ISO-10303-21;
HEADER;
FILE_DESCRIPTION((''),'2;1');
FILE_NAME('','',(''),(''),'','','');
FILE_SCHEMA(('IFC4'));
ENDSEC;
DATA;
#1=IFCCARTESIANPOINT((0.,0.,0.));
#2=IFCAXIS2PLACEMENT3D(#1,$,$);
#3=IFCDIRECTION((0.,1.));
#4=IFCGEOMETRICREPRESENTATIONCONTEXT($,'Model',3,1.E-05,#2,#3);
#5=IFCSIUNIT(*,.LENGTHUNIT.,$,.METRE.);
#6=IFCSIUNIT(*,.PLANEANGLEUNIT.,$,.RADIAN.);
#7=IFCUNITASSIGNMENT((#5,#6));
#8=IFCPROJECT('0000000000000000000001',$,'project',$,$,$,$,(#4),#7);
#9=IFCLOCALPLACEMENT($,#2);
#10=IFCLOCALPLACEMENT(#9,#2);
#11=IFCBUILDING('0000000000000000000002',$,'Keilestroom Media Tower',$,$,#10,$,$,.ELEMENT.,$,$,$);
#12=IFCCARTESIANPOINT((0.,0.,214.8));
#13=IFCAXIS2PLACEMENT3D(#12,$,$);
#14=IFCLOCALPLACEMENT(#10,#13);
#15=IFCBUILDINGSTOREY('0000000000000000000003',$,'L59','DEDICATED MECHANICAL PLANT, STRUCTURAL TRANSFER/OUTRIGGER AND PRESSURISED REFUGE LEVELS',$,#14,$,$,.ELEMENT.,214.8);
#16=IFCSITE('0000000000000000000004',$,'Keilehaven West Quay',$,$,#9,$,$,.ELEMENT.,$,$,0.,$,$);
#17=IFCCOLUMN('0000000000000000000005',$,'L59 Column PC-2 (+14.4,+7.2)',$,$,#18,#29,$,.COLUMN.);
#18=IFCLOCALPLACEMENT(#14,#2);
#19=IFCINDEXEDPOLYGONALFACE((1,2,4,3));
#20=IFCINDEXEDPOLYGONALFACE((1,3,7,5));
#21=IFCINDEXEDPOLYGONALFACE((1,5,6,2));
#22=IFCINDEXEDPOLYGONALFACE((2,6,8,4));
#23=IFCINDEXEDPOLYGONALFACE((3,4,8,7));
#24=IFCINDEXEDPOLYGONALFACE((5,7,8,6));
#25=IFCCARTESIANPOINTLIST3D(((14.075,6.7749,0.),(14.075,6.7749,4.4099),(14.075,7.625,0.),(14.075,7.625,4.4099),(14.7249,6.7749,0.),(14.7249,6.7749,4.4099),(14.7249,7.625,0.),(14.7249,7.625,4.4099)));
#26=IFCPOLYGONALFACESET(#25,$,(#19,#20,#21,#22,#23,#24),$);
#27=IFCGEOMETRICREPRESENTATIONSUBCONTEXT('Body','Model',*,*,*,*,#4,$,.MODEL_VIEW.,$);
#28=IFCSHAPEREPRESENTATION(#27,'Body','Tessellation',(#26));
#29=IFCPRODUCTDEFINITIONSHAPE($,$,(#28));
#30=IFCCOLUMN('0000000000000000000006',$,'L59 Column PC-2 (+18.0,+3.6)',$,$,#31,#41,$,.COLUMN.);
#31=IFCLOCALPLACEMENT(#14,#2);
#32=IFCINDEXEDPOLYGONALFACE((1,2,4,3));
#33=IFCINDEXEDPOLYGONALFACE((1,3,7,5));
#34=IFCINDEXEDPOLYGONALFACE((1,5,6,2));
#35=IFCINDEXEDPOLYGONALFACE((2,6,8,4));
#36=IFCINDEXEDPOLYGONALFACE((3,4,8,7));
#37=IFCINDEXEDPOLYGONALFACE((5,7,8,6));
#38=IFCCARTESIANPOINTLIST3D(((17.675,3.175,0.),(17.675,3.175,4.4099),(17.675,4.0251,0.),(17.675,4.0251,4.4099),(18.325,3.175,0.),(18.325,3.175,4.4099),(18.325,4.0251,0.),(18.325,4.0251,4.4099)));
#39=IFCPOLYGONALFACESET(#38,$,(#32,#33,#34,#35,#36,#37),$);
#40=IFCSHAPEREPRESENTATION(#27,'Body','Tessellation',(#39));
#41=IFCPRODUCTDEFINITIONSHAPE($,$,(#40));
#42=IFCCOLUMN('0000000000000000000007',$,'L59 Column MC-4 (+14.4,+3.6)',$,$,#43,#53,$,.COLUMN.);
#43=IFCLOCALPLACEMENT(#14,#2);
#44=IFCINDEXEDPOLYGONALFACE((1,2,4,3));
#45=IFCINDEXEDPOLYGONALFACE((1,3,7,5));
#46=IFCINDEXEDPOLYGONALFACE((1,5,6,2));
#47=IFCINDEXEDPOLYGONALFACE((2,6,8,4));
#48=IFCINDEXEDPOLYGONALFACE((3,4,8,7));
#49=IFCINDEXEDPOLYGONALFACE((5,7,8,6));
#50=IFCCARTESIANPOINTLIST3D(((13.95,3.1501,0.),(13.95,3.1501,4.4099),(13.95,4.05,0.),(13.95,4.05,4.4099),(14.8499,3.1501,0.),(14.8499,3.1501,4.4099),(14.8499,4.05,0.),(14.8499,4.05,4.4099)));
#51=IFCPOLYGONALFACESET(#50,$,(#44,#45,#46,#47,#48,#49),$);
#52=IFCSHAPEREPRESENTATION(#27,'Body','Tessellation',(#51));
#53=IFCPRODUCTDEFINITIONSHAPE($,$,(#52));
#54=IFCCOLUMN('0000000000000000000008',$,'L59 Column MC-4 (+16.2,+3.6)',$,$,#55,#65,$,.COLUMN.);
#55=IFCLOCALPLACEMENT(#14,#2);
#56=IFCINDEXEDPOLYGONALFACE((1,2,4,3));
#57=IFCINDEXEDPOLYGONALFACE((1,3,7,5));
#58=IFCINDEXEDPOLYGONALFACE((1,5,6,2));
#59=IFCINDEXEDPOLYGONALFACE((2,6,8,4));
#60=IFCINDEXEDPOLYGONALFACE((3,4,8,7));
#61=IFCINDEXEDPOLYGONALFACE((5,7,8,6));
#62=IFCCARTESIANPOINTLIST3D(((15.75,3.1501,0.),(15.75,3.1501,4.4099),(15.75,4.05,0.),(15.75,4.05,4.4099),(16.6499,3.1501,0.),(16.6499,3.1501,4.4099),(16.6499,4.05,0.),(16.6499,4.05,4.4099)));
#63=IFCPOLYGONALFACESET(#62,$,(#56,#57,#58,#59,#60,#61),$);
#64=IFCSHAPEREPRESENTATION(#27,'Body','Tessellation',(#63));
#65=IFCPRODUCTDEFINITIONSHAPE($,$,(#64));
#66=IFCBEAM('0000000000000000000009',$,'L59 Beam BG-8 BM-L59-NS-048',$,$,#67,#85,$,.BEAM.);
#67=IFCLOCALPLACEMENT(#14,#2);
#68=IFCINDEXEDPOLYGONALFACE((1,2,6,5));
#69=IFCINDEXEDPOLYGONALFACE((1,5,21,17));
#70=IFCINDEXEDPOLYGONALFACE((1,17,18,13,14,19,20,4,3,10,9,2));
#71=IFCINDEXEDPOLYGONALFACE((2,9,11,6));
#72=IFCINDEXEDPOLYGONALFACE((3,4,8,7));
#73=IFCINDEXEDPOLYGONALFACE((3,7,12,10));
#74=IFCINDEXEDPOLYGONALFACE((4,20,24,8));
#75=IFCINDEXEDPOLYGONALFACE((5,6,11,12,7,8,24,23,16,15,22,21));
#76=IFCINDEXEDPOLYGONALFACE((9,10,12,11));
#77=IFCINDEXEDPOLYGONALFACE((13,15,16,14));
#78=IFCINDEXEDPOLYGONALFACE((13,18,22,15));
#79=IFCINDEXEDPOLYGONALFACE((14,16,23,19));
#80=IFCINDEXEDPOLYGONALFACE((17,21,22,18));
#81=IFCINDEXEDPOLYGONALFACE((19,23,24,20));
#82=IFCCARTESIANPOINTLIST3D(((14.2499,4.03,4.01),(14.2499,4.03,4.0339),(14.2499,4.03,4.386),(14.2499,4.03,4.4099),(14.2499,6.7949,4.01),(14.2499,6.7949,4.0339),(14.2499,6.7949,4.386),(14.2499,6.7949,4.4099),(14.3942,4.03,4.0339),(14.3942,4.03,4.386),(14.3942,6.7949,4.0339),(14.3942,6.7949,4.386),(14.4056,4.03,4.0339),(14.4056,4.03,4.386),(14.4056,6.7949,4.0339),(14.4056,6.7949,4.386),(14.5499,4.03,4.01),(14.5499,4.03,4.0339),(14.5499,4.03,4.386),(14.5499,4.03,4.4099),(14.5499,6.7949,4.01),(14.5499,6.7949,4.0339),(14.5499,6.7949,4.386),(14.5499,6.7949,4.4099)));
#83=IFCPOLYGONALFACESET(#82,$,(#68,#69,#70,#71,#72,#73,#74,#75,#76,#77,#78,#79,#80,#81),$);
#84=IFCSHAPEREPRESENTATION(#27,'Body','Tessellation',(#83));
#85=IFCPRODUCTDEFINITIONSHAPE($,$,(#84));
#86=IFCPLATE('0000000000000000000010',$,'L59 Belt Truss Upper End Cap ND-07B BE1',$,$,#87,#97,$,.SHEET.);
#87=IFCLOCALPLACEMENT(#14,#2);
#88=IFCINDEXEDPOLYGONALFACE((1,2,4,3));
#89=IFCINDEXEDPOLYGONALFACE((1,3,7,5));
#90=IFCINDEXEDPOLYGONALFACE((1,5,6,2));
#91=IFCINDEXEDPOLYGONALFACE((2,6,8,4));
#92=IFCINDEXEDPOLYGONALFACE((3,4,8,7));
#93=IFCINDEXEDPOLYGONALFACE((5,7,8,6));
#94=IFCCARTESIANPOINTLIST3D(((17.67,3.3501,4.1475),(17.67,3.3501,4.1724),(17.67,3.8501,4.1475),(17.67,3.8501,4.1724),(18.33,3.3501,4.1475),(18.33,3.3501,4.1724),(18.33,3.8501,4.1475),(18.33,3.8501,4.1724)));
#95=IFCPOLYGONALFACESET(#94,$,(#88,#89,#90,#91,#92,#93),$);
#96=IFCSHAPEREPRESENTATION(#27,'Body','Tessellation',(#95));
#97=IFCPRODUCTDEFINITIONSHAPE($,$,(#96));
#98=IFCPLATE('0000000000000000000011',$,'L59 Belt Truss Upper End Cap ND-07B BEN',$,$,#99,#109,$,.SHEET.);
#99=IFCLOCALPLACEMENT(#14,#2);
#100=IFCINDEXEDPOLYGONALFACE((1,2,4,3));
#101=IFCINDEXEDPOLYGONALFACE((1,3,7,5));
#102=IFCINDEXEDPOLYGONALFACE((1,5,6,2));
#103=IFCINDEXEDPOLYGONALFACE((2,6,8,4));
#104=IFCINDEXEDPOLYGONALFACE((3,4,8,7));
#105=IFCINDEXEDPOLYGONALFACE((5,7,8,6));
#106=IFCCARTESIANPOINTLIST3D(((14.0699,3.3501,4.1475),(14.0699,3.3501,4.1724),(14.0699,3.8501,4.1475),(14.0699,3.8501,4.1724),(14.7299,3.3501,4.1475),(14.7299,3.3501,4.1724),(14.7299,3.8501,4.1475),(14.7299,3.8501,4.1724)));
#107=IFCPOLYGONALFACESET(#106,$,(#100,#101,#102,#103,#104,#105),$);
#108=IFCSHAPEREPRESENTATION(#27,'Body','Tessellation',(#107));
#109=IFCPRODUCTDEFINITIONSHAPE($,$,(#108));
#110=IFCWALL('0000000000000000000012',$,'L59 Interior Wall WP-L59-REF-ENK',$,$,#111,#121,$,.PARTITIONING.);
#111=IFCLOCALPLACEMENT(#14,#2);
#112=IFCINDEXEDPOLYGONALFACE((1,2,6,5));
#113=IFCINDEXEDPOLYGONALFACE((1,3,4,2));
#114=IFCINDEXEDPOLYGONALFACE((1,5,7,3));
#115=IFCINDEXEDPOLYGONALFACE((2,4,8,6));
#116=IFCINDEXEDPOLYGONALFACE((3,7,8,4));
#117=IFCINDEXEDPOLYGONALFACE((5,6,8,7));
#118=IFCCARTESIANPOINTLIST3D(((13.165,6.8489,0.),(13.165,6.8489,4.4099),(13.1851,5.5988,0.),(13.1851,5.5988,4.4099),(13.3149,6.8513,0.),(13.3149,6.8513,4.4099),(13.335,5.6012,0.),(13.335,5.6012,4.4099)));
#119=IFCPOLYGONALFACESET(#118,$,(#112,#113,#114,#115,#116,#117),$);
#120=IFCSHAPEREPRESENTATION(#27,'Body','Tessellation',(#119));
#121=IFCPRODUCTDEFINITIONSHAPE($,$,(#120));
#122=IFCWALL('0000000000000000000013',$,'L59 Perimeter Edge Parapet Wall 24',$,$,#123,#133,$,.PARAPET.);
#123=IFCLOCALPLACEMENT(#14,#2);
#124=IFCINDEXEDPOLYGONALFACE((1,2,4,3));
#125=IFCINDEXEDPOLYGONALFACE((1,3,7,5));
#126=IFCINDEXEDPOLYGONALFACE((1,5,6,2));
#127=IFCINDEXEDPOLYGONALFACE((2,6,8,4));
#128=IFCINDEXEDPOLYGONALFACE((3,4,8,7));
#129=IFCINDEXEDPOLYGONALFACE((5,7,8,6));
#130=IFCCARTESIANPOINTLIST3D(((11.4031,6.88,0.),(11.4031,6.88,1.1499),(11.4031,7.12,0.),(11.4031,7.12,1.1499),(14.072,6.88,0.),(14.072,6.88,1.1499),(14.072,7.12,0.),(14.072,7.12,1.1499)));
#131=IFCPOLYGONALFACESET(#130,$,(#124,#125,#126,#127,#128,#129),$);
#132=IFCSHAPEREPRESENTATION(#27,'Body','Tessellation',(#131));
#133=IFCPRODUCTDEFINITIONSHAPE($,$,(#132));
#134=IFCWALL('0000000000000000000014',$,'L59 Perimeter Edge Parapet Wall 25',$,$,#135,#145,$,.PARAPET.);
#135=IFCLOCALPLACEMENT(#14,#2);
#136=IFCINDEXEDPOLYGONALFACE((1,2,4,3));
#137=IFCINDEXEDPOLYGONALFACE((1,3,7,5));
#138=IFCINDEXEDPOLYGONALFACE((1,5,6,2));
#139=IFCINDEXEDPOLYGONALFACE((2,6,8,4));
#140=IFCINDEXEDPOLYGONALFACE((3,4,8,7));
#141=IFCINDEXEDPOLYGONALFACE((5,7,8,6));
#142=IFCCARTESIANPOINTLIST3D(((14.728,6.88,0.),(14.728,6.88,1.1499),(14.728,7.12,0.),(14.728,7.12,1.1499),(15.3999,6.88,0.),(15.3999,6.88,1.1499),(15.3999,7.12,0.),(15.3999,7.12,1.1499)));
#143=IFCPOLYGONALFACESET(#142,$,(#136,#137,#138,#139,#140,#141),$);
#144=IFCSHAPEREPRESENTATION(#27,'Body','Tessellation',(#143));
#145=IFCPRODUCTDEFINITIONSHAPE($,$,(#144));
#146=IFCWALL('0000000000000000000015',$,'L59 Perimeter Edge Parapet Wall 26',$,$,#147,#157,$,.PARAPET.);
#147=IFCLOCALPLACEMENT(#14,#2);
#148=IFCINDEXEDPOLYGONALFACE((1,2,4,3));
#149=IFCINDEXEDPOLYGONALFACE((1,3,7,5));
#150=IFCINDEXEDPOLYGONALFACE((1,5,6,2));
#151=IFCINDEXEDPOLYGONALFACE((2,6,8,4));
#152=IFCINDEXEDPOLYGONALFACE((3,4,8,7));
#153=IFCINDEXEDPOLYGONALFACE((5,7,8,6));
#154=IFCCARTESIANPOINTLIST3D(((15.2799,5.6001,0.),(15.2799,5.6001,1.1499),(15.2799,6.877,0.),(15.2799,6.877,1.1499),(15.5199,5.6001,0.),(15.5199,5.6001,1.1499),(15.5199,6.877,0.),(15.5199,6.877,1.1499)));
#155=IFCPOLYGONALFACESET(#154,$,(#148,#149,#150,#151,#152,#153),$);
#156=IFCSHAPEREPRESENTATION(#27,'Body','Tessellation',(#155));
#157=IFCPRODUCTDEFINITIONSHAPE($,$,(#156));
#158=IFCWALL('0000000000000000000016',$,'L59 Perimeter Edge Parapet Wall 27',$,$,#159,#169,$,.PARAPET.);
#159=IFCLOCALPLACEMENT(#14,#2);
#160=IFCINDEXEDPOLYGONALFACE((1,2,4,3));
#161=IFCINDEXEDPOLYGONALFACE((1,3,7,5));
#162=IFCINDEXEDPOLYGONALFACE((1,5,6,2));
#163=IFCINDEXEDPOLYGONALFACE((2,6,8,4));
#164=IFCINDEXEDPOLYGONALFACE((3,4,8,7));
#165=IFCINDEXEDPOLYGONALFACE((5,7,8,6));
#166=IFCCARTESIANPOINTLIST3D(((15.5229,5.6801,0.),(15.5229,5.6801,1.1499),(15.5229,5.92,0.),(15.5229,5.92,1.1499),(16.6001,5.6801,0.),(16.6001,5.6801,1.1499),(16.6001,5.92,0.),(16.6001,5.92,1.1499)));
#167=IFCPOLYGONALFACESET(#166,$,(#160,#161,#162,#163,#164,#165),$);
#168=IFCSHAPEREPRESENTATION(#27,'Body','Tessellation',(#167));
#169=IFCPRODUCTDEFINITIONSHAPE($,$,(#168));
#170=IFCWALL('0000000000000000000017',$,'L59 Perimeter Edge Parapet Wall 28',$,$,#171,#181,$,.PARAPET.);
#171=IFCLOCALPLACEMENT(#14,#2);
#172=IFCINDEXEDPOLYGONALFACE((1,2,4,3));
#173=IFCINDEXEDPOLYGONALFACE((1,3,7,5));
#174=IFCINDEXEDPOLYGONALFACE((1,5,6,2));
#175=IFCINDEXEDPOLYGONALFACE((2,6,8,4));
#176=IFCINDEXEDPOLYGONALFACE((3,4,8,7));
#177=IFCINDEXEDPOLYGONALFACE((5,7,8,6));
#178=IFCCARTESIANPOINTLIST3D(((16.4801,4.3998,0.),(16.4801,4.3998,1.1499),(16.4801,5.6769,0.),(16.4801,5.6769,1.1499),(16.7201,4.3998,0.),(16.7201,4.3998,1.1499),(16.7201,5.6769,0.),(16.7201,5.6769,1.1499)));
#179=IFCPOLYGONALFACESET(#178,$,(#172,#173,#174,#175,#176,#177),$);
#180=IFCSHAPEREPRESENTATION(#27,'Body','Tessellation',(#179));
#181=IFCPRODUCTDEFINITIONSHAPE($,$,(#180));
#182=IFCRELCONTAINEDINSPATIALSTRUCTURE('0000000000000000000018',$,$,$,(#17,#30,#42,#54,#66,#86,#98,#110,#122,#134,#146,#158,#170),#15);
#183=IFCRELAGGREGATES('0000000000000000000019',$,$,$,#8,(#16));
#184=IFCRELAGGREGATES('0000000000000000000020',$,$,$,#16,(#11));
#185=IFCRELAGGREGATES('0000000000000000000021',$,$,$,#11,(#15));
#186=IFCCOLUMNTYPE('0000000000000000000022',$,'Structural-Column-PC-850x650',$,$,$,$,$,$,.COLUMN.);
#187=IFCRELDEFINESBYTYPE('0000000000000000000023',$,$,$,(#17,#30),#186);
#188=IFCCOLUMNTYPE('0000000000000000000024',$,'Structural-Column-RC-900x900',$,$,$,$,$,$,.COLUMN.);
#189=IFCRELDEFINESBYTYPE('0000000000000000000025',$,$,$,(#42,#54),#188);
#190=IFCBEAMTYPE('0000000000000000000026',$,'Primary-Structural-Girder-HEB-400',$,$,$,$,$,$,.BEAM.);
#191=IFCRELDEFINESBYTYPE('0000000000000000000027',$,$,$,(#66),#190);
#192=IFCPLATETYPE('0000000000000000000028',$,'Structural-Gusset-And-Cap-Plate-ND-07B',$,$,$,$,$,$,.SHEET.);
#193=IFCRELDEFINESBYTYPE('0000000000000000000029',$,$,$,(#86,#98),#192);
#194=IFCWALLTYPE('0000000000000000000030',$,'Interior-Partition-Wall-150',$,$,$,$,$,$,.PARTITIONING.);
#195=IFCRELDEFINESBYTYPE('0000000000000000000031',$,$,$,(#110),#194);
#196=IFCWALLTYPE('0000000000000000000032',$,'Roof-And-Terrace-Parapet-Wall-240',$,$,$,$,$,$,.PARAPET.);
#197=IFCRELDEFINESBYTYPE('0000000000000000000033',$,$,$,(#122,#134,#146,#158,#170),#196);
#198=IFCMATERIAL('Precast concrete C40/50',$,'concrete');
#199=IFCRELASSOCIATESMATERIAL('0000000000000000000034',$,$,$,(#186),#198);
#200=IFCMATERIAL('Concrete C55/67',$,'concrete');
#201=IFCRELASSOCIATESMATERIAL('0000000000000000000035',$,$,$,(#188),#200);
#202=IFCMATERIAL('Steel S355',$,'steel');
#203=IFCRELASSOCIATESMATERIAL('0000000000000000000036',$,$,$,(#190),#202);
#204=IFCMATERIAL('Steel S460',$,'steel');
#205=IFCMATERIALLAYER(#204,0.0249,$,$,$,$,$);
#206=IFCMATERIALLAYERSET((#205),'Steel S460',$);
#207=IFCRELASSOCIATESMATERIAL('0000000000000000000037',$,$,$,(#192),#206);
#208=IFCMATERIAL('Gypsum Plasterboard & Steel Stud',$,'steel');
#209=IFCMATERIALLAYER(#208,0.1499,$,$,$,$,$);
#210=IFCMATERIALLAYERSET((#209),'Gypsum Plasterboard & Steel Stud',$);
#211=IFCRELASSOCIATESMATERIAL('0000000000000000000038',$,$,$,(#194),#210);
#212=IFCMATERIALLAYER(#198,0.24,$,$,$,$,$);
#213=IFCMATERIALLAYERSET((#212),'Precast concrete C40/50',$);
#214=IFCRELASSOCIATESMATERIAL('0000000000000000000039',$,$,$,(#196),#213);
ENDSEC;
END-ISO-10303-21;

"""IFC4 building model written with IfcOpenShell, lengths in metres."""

from ifc_helpers import new_model, si_unit, direction, frame, frame_2d, origin, origin_2d, place, context, subcontext, project, spatial, rectangle, i_section, extrude, source, transform, mapped, material, layer, layer_set, material_profile, profile_set, type_object, element, save


model = new_model("IFC4")

# Units and contexts
model_context = context("Model", 3, precision=1e-05, world=origin(), true_north=direction((0.0, 1.0)))
body_context = subcontext(model_context, "Body", "Model", "MODEL_VIEW")
ifc_project = project(units=[si_unit("LENGTHUNIT", "METRE"), si_unit("PLANEANGLEUNIT", "RADIAN")], contexts=[model_context])

# Site, building, storey
site_placement = place(None, origin())
site = spatial("IfcSite", under=ifc_project, at=site_placement, Name="Keilehaven West Quay", CompositionType="ELEMENT", RefElevation=0.0)
building_placement = place(site_placement, origin())
building = spatial("IfcBuilding", under=site, at=building_placement, Name="Keilestroom Media Tower", CompositionType="ELEMENT")
storey_placement = place(building_placement, frame((0.0, 0.0, 214.8)))
storey = spatial("IfcBuildingStorey", under=building, at=storey_placement, Name="L59", Description="DEDICATED MECHANICAL PLANT, STRUCTURAL TRANSFER/OUTRIGGER AND PRESSURISED REFUGE LEVELS", CompositionType="ELEMENT", Elevation=214.8)

# Columns
ifc_material_1 = material(Name="Precast concrete C40/50", Category="concrete")
ifc_material_profile_1 = material_profile(ifc_material_1, rectangle(XDim=0.6499, YDim=0.8501, at=origin_2d()), Name="PC 850x650")
ifc_profile_set_1 = profile_set([ifc_material_profile_1], Name="Precast concrete C40/50")
column_type_1 = type_object("IfcColumnType", Name="Structural-Column-PC-850x650", PredefinedType="COLUMN", material=ifc_profile_set_1)
shared_shape_1 = source(origin(), body_context, "Body", "SweptSolid", [
    extrude(rectangle(XDim=0.6499, YDim=0.8501, at=origin_2d()), origin(), (0.0, 0.0, 1.0), 4.4099),
])
for number, where, z_axis, x_axis, name in (
    (1, (14.3999, 7.2, 0.0), (0.0, 0.0, 1.0), (1.0, 0.0, 0.0), "L59 Column PC-2 (+14.4,+7.2)"),
    (2, (18.0, 3.6001, 0.0), (0.0, 0.0, 1.0), (1.0, 0.0, 0.0), "L59 Column PC-2 (+18.0,+3.6)"),
):
    element("IfcColumn", number, at=place(storey_placement, frame(where, z_axis=z_axis, x_axis=x_axis)), inside=storey, type_object=column_type_1, Name=name, PredefinedType="COLUMN", context=body_context, shape_type="MappedRepresentation", body=[
        mapped(shared_shape_1, transform((0.0, 0.0, 0.0), x_axis=(1.0, 0.0, 0.0), y_axis=(0.0, 1.0, 0.0), z_axis=(0.0, 0.0, 1.0), scale=1.0)),
    ])
ifc_material_2 = material(Name="Concrete C55/67", Category="concrete")
ifc_material_profile_2 = material_profile(ifc_material_2, rectangle(XDim=0.8999, YDim=0.8999, at=origin_2d()), Name="RC 900x900")
ifc_profile_set_2 = profile_set([ifc_material_profile_2], Name="Concrete C55/67")
column_type_2 = type_object("IfcColumnType", Name="Structural-Column-RC-900x900", PredefinedType="COLUMN", material=ifc_profile_set_2)
shared_shape_2 = source(origin(), body_context, "Body", "SweptSolid", [
    extrude(rectangle(XDim=0.8999, YDim=0.8999, at=origin_2d()), origin(), (0.0, 0.0, 1.0), 4.4099),
])
for number, where, z_axis, x_axis, name in (
    (3, (14.3999, 3.6001, 0.0), (0.0, 0.0, 1.0), (1.0, 0.0, 0.0), "L59 Column MC-4 (+14.4,+3.6)"),
    (4, (16.2, 3.6001, 0.0), (0.0, 0.0, 1.0), (1.0, 0.0, 0.0), "L59 Column MC-4 (+16.2,+3.6)"),
):
    element("IfcColumn", number, at=place(storey_placement, frame(where, z_axis=z_axis, x_axis=x_axis)), inside=storey, type_object=column_type_2, Name=name, PredefinedType="COLUMN", context=body_context, shape_type="MappedRepresentation", body=[
        mapped(shared_shape_2, transform((0.0, 0.0, 0.0), x_axis=(1.0, 0.0, 0.0), y_axis=(0.0, 1.0, 0.0), z_axis=(0.0, 0.0, 1.0), scale=1.0)),
    ])

# Beam
ifc_material_3 = material(Name="Steel S355", Category="steel")
ifc_material_profile_3 = material_profile(ifc_material_3, i_section(OverallWidth=0.3, OverallDepth=0.3999, WebThickness=0.0115, FlangeThickness=0.0239, at=origin_2d()), Name="HEB 400")
ifc_profile_set_3 = profile_set([ifc_material_profile_3], Name="Steel S355")
beam_type = type_object("IfcBeamType", Name="Primary-Structural-Girder-HEB-400", PredefinedType="BEAM", material=ifc_profile_set_3)
shared_shape_3 = source(origin(), body_context, "Body", "SweptSolid", [
    extrude(i_section(OverallWidth=0.3, OverallDepth=0.3999, WebThickness=0.0115, FlangeThickness=0.0239, at=origin_2d()), origin(), (0.0, 0.0, 1.0), 2.7649),
])
beam_placement = place(storey_placement, frame((14.3999, 4.03, 4.21), z_axis=(0.0, 1.0, 0.0), x_axis=(-1.0, 0.0, 0.0)))
element("IfcBeam", 5, at=beam_placement, inside=storey, type_object=beam_type, Name="L59 Beam BG-8 BM-L59-NS-048", PredefinedType="BEAM", context=body_context, shape_type="MappedRepresentation", body=[
    mapped(shared_shape_3, transform((0.0, 0.0, 0.0), x_axis=(1.0, 0.0, 0.0), y_axis=(0.0, 1.0, 0.0), z_axis=(0.0, 0.0, 1.0), scale=1.0)),
])

# Plates
ifc_material_4 = material(Name="Steel S460", Category="steel")
ifc_layer_1 = layer(ifc_material_4, 0.0249)
ifc_layer_set_1 = layer_set([ifc_layer_1], Name="Steel S460")
plate_type = type_object("IfcPlateType", Name="Structural-Gusset-And-Cap-Plate-ND-07B", PredefinedType="SHEET", material=ifc_layer_set_1)
shared_shape_4 = source(origin(), body_context, "Body", "SweptSolid", [
    extrude(rectangle(XDim=0.6599, YDim=0.5, at=origin_2d()), origin(), (0.0, 0.0, 1.0), 0.0249),
])
for number, where, z_axis, x_axis, name in (
    (6, (18.0, 3.6001, 4.1475), (0.0, 0.0, 1.0), (1.0, 0.0, 0.0), "L59 Belt Truss Upper End Cap ND-07B BE1"),
    (7, (14.3999, 3.6001, 4.1475), (0.0, 0.0, 1.0), (1.0, 0.0, 0.0), "L59 Belt Truss Upper End Cap ND-07B BEN"),
):
    element("IfcPlate", number, at=place(storey_placement, frame(where, z_axis=z_axis, x_axis=x_axis)), inside=storey, type_object=plate_type, Name=name, PredefinedType="SHEET", context=body_context, shape_type="MappedRepresentation", body=[
        mapped(shared_shape_4, transform((0.0, 0.0, 0.0), x_axis=(1.0, 0.0, 0.0), y_axis=(0.0, 1.0, 0.0), z_axis=(0.0, 0.0, 1.0), scale=1.0)),
    ])

# Walls
ifc_material_5 = material(Name="Gypsum Plasterboard & Steel Stud", Category="steel")
ifc_layer_2 = layer(ifc_material_5, 0.1499)
ifc_layer_set_2 = layer_set([ifc_layer_2], Name="Gypsum Plasterboard & Steel Stud")
wall_type_1 = type_object("IfcWallType", Name="Interior-Partition-Wall-150", PredefinedType="PARTITIONING", material=ifc_layer_set_2)
wall_1_placement = place(storey_placement, frame((13.26, 5.6001, 0.0), z_axis=(0.0, 0.0, 1.0), x_axis=(-0.016014, 0.999872, 0.0)))
element("IfcWall", 8, at=wall_1_placement, inside=storey, type_object=wall_type_1, Name="L59 Interior Wall WP-L59-REF-ENK", PredefinedType="PARTITIONING", context=body_context, shape_type="SweptSolid", body=[
    extrude(rectangle(XDim=1.2502, YDim=0.1499, at=frame_2d((0.625, 0.0))), origin(), (0.0, 0.0, 1.0), 4.4099),
])
ifc_layer_3 = layer(ifc_material_1, 0.24)
ifc_layer_set_3 = layer_set([ifc_layer_3], Name="Precast concrete C40/50")
wall_type_2 = type_object("IfcWallType", Name="Roof-And-Terrace-Parapet-Wall-240", PredefinedType="PARAPET", material=ifc_layer_set_3)
wall_2_placement = place(storey_placement, frame((11.4031, 7.0, 0.0), z_axis=(0.0, 0.0, 1.0), x_axis=(1.0, 0.0, 0.0)))
element("IfcWall", 9, at=wall_2_placement, inside=storey, type_object=wall_type_2, Name="L59 Perimeter Edge Parapet Wall 24", PredefinedType="PARAPET", context=body_context, shape_type="SweptSolid", body=[
    extrude(rectangle(XDim=2.6689, YDim=0.24, at=frame_2d((1.3345, 0.0))), origin(), (0.0, 0.0, 1.0), 1.1499),
])
wall_3_placement = place(storey_placement, frame((14.728, 7.0, 0.0), z_axis=(0.0, 0.0, 1.0), x_axis=(1.0, 0.0, 0.0)))
element("IfcWall", 10, at=wall_3_placement, inside=storey, type_object=wall_type_2, Name="L59 Perimeter Edge Parapet Wall 25", PredefinedType="PARAPET", context=body_context, shape_type="SweptSolid", body=[
    extrude(rectangle(XDim=0.6719, YDim=0.24, at=frame_2d((0.3359, 0.0))), origin(), (0.0, 0.0, 1.0), 1.1499),
])
wall_4_placement = place(storey_placement, frame((15.3999, 6.877, 0.0), z_axis=(0.0, 0.0, 1.0), x_axis=(0.0, -1.0, 0.0)))
element("IfcWall", 11, at=wall_4_placement, inside=storey, type_object=wall_type_2, Name="L59 Perimeter Edge Parapet Wall 26", PredefinedType="PARAPET", context=body_context, shape_type="SweptSolid", body=[
    extrude(rectangle(XDim=1.2769, YDim=0.24, at=frame_2d((0.6384, 0.0))), origin(), (0.0, 0.0, 1.0), 1.1499),
])
wall_5_placement = place(storey_placement, frame((15.5229, 5.8, 0.0), z_axis=(0.0, 0.0, 1.0), x_axis=(1.0, 0.0, 0.0)))
element("IfcWall", 12, at=wall_5_placement, inside=storey, type_object=wall_type_2, Name="L59 Perimeter Edge Parapet Wall 27", PredefinedType="PARAPET", context=body_context, shape_type="SweptSolid", body=[
    extrude(rectangle(XDim=1.0771, YDim=0.24, at=frame_2d((0.5386, 0.0))), origin(), (0.0, 0.0, 1.0), 1.1499),
])
wall_6_placement = place(storey_placement, frame((16.6001, 5.677, 0.0), z_axis=(0.0, 0.0, 1.0), x_axis=(0.0, -1.0, 0.0)))
element("IfcWall", 13, at=wall_6_placement, inside=storey, type_object=wall_type_2, Name="L59 Perimeter Edge Parapet Wall 28", PredefinedType="PARAPET", context=body_context, shape_type="SweptSolid", body=[
    extrude(rectangle(XDim=1.2771, YDim=0.24, at=frame_2d((0.6387, 0.0))), origin(), (0.0, 0.0, 1.0), 1.1499),
])

save(model, "model.ifc")
